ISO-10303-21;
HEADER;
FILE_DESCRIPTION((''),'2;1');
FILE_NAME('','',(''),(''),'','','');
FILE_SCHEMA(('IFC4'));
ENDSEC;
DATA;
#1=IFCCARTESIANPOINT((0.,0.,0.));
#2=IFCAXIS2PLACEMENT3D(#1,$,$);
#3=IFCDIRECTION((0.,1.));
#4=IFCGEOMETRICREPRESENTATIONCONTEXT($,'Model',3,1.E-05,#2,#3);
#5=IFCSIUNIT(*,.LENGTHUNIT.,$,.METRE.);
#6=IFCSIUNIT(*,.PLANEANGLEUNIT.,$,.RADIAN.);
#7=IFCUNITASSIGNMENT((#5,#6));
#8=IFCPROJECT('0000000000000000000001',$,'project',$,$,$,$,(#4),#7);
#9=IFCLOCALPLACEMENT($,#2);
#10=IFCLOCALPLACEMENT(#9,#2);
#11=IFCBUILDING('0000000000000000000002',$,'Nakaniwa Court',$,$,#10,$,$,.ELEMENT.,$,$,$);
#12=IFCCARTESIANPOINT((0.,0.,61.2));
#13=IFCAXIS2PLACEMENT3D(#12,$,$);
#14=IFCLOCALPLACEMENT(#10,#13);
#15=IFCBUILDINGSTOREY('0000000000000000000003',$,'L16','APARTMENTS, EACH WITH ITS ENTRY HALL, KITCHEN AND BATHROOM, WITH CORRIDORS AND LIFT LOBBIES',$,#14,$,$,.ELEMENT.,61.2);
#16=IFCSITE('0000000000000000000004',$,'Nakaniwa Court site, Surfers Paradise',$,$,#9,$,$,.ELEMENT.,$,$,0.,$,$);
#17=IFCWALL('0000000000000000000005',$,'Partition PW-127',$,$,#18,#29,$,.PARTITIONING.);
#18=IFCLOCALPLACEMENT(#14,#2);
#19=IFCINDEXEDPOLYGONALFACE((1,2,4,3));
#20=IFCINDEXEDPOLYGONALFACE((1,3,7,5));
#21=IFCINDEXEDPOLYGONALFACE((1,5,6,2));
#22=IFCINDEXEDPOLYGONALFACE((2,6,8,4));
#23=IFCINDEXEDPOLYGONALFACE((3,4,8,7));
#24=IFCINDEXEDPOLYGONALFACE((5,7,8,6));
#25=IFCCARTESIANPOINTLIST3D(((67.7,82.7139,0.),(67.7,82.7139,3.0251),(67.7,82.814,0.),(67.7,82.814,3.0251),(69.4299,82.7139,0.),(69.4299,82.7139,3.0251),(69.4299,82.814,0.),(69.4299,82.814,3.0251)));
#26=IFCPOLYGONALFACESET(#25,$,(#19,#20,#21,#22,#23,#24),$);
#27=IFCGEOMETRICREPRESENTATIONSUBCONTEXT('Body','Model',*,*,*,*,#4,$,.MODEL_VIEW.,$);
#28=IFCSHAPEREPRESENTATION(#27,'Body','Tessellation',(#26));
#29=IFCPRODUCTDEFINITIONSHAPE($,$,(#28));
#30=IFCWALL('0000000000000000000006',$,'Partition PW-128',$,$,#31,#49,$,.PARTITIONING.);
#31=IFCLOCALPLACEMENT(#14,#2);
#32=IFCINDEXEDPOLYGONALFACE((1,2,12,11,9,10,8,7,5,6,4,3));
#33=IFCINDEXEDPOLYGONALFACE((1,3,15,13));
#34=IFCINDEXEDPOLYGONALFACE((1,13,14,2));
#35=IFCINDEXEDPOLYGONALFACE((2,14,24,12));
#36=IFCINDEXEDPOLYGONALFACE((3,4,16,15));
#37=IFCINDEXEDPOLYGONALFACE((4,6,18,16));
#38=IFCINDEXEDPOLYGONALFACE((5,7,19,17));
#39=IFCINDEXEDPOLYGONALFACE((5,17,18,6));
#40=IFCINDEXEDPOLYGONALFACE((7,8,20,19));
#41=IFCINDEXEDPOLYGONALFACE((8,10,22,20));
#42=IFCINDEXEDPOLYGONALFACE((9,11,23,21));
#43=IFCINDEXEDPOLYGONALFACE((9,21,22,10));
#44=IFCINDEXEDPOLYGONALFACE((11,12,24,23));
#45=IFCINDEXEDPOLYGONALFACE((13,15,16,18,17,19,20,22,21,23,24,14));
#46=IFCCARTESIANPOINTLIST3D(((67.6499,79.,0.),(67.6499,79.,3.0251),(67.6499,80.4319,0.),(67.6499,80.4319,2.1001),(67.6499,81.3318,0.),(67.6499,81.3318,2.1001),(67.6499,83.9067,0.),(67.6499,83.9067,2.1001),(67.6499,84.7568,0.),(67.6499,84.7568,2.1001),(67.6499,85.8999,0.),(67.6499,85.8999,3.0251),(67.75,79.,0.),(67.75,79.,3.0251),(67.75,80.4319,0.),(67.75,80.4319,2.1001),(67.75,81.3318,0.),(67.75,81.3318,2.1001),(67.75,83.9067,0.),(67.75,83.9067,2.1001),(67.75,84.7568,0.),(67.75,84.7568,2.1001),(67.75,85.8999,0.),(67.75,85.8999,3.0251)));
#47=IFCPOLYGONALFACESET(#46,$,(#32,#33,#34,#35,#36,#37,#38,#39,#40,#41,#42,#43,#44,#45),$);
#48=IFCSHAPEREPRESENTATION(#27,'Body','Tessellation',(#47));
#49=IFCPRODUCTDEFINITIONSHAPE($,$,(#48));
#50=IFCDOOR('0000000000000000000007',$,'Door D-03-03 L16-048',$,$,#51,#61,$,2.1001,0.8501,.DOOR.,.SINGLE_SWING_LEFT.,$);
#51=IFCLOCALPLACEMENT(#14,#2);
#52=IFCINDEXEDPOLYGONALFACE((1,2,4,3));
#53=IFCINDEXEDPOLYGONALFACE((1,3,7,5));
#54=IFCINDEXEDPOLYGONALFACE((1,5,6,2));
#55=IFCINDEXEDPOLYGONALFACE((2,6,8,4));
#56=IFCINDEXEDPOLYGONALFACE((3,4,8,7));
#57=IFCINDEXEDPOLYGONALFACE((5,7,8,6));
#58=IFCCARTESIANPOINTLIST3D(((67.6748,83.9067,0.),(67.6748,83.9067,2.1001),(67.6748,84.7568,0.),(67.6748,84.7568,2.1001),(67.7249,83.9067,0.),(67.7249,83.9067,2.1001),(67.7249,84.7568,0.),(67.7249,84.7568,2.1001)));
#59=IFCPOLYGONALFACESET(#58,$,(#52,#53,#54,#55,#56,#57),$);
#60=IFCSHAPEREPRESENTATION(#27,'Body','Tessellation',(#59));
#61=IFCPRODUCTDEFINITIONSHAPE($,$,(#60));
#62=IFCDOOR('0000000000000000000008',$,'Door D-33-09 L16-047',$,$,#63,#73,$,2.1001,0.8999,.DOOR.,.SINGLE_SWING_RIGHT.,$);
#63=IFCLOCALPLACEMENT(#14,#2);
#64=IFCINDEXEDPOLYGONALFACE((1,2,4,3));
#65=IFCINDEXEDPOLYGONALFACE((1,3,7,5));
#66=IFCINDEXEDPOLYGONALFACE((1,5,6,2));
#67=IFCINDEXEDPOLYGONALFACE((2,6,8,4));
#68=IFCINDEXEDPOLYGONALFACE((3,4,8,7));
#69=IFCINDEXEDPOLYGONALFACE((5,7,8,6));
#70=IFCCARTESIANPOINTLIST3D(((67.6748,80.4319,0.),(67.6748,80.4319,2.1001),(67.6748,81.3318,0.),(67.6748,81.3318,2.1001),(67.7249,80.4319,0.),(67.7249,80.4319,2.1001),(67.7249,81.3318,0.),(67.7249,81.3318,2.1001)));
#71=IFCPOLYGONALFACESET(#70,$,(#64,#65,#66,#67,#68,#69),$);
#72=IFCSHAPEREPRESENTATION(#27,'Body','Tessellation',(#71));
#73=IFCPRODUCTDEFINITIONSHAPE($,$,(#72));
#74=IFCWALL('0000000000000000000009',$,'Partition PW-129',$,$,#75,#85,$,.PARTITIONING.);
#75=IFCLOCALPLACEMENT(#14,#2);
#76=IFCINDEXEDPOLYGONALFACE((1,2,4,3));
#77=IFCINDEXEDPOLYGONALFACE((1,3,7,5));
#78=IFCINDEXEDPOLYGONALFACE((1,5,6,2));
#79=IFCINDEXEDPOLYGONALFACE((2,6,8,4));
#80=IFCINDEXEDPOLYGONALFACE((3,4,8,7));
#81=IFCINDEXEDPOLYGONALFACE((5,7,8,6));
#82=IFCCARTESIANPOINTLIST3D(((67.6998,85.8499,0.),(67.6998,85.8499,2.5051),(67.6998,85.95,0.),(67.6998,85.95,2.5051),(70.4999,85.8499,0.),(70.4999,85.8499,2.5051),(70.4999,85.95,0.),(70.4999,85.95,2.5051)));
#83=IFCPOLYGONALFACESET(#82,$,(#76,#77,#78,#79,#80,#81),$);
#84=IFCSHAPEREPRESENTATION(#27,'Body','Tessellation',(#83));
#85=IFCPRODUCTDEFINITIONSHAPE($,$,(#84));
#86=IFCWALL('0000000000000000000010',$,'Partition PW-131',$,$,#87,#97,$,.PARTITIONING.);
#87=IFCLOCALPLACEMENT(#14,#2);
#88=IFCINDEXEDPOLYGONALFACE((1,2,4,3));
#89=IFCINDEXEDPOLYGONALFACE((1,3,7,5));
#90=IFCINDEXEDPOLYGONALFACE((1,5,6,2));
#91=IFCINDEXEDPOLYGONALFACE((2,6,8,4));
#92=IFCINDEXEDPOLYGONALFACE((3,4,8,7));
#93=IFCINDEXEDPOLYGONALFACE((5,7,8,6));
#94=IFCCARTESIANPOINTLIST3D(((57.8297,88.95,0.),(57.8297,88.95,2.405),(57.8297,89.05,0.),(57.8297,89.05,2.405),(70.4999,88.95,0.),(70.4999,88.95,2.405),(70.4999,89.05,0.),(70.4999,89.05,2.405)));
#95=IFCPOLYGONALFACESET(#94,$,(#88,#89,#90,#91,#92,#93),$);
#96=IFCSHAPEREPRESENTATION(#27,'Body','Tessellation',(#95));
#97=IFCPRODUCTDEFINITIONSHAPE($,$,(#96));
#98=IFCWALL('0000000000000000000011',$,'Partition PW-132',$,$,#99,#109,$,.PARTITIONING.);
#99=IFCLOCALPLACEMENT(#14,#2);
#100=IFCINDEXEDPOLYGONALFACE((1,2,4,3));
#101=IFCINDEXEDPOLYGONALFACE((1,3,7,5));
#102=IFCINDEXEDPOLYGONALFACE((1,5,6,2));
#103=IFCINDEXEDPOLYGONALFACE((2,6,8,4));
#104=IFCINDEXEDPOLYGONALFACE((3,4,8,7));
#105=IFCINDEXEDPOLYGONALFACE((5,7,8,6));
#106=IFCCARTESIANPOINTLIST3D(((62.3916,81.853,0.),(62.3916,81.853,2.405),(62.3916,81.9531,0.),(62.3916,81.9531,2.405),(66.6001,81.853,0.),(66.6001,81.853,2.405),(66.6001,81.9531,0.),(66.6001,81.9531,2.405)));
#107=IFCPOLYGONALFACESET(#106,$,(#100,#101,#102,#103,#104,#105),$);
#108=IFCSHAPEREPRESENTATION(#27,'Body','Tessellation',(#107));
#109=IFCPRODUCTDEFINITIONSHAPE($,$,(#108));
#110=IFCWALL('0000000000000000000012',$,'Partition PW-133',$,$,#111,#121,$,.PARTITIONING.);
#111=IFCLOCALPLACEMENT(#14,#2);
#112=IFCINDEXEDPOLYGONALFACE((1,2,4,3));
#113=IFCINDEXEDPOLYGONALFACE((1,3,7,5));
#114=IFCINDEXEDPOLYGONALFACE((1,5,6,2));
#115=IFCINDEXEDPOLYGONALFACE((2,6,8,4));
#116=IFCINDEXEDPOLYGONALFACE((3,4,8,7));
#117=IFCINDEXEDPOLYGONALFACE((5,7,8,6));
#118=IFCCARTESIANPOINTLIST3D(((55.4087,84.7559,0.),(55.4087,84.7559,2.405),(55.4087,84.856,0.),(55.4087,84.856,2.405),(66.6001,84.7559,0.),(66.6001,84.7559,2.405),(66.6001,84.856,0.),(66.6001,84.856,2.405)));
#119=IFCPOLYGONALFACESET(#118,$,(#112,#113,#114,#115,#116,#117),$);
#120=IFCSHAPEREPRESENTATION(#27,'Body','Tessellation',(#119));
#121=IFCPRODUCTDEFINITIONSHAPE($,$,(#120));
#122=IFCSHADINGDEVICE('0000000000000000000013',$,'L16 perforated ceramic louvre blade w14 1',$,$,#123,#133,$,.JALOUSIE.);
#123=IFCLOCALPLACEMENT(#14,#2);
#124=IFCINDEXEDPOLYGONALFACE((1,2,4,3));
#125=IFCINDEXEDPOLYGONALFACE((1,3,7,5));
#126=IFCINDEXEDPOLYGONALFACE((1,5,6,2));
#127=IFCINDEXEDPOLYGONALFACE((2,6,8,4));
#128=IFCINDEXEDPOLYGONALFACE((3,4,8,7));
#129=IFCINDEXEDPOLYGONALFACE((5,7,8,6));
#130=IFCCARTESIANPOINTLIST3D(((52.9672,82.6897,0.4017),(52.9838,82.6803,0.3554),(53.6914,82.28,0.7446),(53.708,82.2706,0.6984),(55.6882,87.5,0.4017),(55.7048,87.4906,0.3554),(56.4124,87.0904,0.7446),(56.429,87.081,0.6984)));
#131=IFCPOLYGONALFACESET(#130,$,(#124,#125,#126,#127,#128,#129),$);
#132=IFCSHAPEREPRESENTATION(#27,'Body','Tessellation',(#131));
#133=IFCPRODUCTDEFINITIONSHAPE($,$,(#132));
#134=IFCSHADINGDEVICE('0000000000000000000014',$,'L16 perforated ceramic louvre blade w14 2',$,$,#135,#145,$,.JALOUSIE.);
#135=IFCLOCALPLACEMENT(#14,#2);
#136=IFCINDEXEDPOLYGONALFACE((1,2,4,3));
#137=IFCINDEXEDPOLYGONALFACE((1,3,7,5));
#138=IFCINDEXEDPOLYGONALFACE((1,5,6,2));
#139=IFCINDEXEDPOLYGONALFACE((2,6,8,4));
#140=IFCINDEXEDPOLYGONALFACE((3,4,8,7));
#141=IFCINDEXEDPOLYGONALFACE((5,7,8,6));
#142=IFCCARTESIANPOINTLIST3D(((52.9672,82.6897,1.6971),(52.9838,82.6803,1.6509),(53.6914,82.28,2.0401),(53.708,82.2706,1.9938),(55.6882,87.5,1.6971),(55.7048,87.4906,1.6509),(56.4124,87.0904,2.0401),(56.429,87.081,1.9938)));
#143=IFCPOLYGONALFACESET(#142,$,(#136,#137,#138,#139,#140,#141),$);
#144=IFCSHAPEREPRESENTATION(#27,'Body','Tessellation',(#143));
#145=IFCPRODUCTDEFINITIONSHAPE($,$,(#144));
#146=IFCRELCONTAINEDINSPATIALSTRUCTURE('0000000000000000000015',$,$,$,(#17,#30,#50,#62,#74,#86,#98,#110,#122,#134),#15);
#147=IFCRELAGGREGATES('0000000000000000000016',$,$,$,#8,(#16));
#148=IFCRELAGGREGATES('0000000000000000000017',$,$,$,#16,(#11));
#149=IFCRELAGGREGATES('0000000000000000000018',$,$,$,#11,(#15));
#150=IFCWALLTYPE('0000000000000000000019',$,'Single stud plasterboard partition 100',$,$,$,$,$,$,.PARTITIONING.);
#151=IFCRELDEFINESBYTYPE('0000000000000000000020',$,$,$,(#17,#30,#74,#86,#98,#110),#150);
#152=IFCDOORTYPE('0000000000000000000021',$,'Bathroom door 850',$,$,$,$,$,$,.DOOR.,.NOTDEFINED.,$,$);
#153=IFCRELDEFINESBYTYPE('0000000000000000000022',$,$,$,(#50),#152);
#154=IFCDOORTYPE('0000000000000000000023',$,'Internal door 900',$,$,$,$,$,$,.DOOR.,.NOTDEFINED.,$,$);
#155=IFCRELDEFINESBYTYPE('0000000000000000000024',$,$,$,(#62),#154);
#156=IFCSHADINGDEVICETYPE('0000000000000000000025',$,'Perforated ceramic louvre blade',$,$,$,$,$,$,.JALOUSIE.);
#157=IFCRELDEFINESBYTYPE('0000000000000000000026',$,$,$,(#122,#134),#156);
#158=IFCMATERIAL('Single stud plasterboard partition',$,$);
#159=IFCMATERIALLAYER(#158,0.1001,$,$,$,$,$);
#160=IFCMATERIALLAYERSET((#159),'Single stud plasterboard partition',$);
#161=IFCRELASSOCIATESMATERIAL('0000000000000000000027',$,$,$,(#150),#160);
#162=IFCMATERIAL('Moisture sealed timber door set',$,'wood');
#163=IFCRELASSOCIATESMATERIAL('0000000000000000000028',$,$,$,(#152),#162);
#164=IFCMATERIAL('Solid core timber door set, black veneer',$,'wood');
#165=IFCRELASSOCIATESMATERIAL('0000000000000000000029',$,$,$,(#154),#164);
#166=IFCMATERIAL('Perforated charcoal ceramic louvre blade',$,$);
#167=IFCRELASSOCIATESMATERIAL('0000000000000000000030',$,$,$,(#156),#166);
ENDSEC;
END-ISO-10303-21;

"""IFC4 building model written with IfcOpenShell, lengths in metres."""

from ifc_helpers import new_model, si_unit, direction, frame, frame_2d, origin, origin_2d, place, context, subcontext, project, spatial, rectangle, extrude, material, layer, layer_set, material_profile, profile_set, type_object, element, fill, save


model = new_model("IFC4")

# Units and contexts
model_context = context("Model", 3, precision=1e-05, world=origin(), true_north=direction((0.0, 1.0)))
body_context = subcontext(model_context, "Body", "Model", "MODEL_VIEW")
ifc_project = project(units=[si_unit("LENGTHUNIT", "METRE"), si_unit("PLANEANGLEUNIT", "RADIAN")], contexts=[model_context])

# Site, building, storey
site_placement = place(None, origin())
site = spatial("IfcSite", under=ifc_project, at=site_placement, Name="Nakaniwa Court site, Surfers Paradise", CompositionType="ELEMENT", RefElevation=0.0)
building_placement = place(site_placement, origin())
building = spatial("IfcBuilding", under=site, at=building_placement, Name="Nakaniwa Court", CompositionType="ELEMENT")
storey_placement = place(building_placement, frame((0.0, 0.0, 61.2)))
storey = spatial("IfcBuildingStorey", under=building, at=storey_placement, Name="L16", Description="APARTMENTS, EACH WITH ITS ENTRY HALL, KITCHEN AND BATHROOM, WITH CORRIDORS AND LIFT LOBBIES", CompositionType="ELEMENT", Elevation=61.2)

# Wall
ifc_material_1 = material(Name="Single stud plasterboard partition")
ifc_layer_1 = layer(ifc_material_1, 0.1001)
ifc_layer_set_1 = layer_set([ifc_layer_1], Name="Single stud plasterboard partition")
wall_type_1 = type_object("IfcWallType", Name="Single stud plasterboard partition 100", PredefinedType="PARTITIONING", material=ifc_layer_set_1)
wall_1_placement = place(storey_placement, frame((67.7, 82.7639, 0.0), z_axis=(0.0, 0.0, 1.0), x_axis=(1.0, 0.0, 0.0)))
element("IfcWall", 1, at=wall_1_placement, inside=storey, type_object=wall_type_1, Name="Partition PW-127", PredefinedType="PARTITIONING", context=body_context, shape_type="SweptSolid", body=[
    extrude(rectangle(XDim=1.73, YDim=0.1001, at=frame_2d((0.865, 0.0))), origin(), (0.0, 0.0, 1.0), 3.0251),
])

# Wall, openings, doors
wall_2_placement = place(storey_placement, frame((67.7, 85.8999, 0.0), z_axis=(0.0, 0.0, 1.0), x_axis=(0.0, -1.0, 0.0)))
wall_2 = element("IfcWall", 2, at=wall_2_placement, inside=storey, type_object=wall_type_1, Name="Partition PW-128", PredefinedType="PARTITIONING", context=body_context, shape_type="SweptSolid", body=[
    extrude(rectangle(XDim=6.8999, YDim=0.1001, at=frame_2d((3.45, 0.0))), origin(), (0.0, 0.0, 1.0), 3.0251),
])
opening_1_placement = place(wall_2_placement, frame((4.5681, 0.0, 0.0)))
opening_1 = element("IfcOpeningElement", 3, at=opening_1_placement, cuts=wall_2, PredefinedType="OPENING", context=body_context, shape_type="SweptSolid", body=[
    extrude(rectangle(XDim=0.8999, YDim=2.1001, at=frame_2d((0.45, 1.05))), frame((0.0, 0.0601, 0.0), z_axis=(0.0, -1.0, 0.0), x_axis=(1.0, 0.0, 0.0)), (0.0, 0.0, 1.0), 0.1201),
])
opening_2_placement = place(wall_2_placement, frame((1.1431, 0.0, 0.0)))
opening_2 = element("IfcOpeningElement", 4, at=opening_2_placement, cuts=wall_2, PredefinedType="OPENING", context=body_context, shape_type="SweptSolid", body=[
    extrude(rectangle(XDim=0.8501, YDim=2.1001, at=frame_2d((0.425, 1.05))), frame((0.0, 0.0601, 0.0), z_axis=(0.0, -1.0, 0.0), x_axis=(1.0, 0.0, 0.0)), (0.0, 0.0, 1.0), 0.1201),
])
ifc_material_2 = material(Name="Moisture sealed timber door set", Category="wood")
door_type_1 = type_object("IfcDoorType", Name="Bathroom door 850", OperationType="NOTDEFINED", PredefinedType="DOOR", material=ifc_material_2)
door_1_placement = place(opening_2_placement, origin())
door_1 = element("IfcDoor", 5, at=door_1_placement, inside=storey, type_object=door_type_1, Name="Door D-03-03 L16-048", OperationType="SINGLE_SWING_LEFT", OverallHeight=2.1001, OverallWidth=0.8501, PredefinedType="DOOR", context=body_context, shape_type="SweptSolid", body=[
    extrude(rectangle(XDim=0.8501, YDim=2.1001, at=frame_2d((0.425, 1.05))), frame((0.0, 0.0249, 0.0), z_axis=(0.0, -1.0, 0.0), x_axis=(1.0, 0.0, 0.0)), (0.0, 0.0, 1.0), 0.05),
])
fill(opening_2, door_1)
ifc_material_3 = material(Name="Solid core timber door set, black veneer", Category="wood")
door_type_2 = type_object("IfcDoorType", Name="Internal door 900", OperationType="NOTDEFINED", PredefinedType="DOOR", material=ifc_material_3)
door_2_placement = place(opening_1_placement, origin())
door_2 = element("IfcDoor", 6, at=door_2_placement, inside=storey, type_object=door_type_2, Name="Door D-33-09 L16-047", OperationType="SINGLE_SWING_RIGHT", OverallHeight=2.1001, OverallWidth=0.8999, PredefinedType="DOOR", context=body_context, shape_type="SweptSolid", body=[
    extrude(rectangle(XDim=0.8999, YDim=2.1001, at=frame_2d((0.45, 1.05))), frame((0.0, 0.0249, 0.0), z_axis=(0.0, -1.0, 0.0), x_axis=(1.0, 0.0, 0.0)), (0.0, 0.0, 1.0), 0.05),
])
fill(opening_1, door_2)

# Walls
wall_3_placement = place(storey_placement, frame((67.7, 85.8999, 0.0), z_axis=(0.0, 0.0, 1.0), x_axis=(1.0, 0.0, 0.0)))
element("IfcWall", 7, at=wall_3_placement, inside=storey, type_object=wall_type_1, Name="Partition PW-129", PredefinedType="PARTITIONING", context=body_context, shape_type="SweptSolid", body=[
    extrude(rectangle(XDim=2.8, YDim=0.1001, at=frame_2d((1.3999, 0.0))), origin(), (0.0, 0.0, 1.0), 2.5051),
])
wall_4_placement = place(storey_placement, frame((57.8298, 89.0, 0.0), z_axis=(0.0, 0.0, 1.0), x_axis=(1.0, 0.0, 0.0)))
element("IfcWall", 8, at=wall_4_placement, inside=storey, type_object=wall_type_1, Name="Partition PW-131", PredefinedType="PARTITIONING", context=body_context, shape_type="SweptSolid", body=[
    extrude(rectangle(XDim=12.6702, YDim=0.1001, at=frame_2d((6.335, 0.0))), origin(), (0.0, 0.0, 1.0), 2.405),
])
wall_5_placement = place(storey_placement, frame((62.3916, 81.9031, 0.0), z_axis=(0.0, 0.0, 1.0), x_axis=(1.0, 0.0, 0.0)))
element("IfcWall", 9, at=wall_5_placement, inside=storey, type_object=wall_type_1, Name="Partition PW-132", PredefinedType="PARTITIONING", context=body_context, shape_type="SweptSolid", body=[
    extrude(rectangle(XDim=4.2085, YDim=0.1001, at=frame_2d((2.1042, 0.0))), origin(), (0.0, 0.0, 1.0), 2.405),
])
wall_6_placement = place(storey_placement, frame((55.4087, 84.8059, 0.0), z_axis=(0.0, 0.0, 1.0), x_axis=(1.0, 0.0, 0.0)))
element("IfcWall", 10, at=wall_6_placement, inside=storey, type_object=wall_type_1, Name="Partition PW-133", PredefinedType="PARTITIONING", context=body_context, shape_type="SweptSolid", body=[
    extrude(rectangle(XDim=11.1914, YDim=0.1001, at=frame_2d((5.5957, 0.0))), origin(), (0.0, 0.0, 1.0), 2.405),
])

# Shading devices
ifc_material_4 = material(Name="Perforated charcoal ceramic louvre blade")
ifc_material_profile_1 = material_profile(ifc_material_4, rectangle(XDim=0.8999, YDim=0.05, at=origin_2d()), Name="Perforated ceramic louvre blade")
ifc_profile_set_1 = profile_set([ifc_material_profile_1], Name="Perforated charcoal ceramic louvre blade")
shading_device_type = type_object("IfcShadingDeviceType", Name="Perforated ceramic louvre blade", PredefinedType="JALOUSIE", material=ifc_profile_set_1)
for number, where, z_axis, x_axis, name in (
    (11, (56.0586, 87.2905, 0.55), (-0.492343, -0.870402, 0.0), (0.804726, -0.455193, 0.38107), "L16 perforated ceramic louvre blade w14 1"),
    (12, (56.0586, 87.2905, 1.8455), (-0.492343, -0.870402, 0.0), (0.804726, -0.455193, 0.38107), "L16 perforated ceramic louvre blade w14 2"),
):
    element("IfcShadingDevice", number, at=place(storey_placement, frame(where, z_axis=z_axis, x_axis=x_axis)), inside=storey, type_object=shading_device_type, Name=name, PredefinedType="JALOUSIE", context=body_context, shape_type="SweptSolid", body=[
        extrude(rectangle(XDim=0.8999, YDim=0.05, at=origin_2d()), origin(), (0.0, 0.0, 1.0), 5.5266),
    ])

save(model, "model.ifc")
